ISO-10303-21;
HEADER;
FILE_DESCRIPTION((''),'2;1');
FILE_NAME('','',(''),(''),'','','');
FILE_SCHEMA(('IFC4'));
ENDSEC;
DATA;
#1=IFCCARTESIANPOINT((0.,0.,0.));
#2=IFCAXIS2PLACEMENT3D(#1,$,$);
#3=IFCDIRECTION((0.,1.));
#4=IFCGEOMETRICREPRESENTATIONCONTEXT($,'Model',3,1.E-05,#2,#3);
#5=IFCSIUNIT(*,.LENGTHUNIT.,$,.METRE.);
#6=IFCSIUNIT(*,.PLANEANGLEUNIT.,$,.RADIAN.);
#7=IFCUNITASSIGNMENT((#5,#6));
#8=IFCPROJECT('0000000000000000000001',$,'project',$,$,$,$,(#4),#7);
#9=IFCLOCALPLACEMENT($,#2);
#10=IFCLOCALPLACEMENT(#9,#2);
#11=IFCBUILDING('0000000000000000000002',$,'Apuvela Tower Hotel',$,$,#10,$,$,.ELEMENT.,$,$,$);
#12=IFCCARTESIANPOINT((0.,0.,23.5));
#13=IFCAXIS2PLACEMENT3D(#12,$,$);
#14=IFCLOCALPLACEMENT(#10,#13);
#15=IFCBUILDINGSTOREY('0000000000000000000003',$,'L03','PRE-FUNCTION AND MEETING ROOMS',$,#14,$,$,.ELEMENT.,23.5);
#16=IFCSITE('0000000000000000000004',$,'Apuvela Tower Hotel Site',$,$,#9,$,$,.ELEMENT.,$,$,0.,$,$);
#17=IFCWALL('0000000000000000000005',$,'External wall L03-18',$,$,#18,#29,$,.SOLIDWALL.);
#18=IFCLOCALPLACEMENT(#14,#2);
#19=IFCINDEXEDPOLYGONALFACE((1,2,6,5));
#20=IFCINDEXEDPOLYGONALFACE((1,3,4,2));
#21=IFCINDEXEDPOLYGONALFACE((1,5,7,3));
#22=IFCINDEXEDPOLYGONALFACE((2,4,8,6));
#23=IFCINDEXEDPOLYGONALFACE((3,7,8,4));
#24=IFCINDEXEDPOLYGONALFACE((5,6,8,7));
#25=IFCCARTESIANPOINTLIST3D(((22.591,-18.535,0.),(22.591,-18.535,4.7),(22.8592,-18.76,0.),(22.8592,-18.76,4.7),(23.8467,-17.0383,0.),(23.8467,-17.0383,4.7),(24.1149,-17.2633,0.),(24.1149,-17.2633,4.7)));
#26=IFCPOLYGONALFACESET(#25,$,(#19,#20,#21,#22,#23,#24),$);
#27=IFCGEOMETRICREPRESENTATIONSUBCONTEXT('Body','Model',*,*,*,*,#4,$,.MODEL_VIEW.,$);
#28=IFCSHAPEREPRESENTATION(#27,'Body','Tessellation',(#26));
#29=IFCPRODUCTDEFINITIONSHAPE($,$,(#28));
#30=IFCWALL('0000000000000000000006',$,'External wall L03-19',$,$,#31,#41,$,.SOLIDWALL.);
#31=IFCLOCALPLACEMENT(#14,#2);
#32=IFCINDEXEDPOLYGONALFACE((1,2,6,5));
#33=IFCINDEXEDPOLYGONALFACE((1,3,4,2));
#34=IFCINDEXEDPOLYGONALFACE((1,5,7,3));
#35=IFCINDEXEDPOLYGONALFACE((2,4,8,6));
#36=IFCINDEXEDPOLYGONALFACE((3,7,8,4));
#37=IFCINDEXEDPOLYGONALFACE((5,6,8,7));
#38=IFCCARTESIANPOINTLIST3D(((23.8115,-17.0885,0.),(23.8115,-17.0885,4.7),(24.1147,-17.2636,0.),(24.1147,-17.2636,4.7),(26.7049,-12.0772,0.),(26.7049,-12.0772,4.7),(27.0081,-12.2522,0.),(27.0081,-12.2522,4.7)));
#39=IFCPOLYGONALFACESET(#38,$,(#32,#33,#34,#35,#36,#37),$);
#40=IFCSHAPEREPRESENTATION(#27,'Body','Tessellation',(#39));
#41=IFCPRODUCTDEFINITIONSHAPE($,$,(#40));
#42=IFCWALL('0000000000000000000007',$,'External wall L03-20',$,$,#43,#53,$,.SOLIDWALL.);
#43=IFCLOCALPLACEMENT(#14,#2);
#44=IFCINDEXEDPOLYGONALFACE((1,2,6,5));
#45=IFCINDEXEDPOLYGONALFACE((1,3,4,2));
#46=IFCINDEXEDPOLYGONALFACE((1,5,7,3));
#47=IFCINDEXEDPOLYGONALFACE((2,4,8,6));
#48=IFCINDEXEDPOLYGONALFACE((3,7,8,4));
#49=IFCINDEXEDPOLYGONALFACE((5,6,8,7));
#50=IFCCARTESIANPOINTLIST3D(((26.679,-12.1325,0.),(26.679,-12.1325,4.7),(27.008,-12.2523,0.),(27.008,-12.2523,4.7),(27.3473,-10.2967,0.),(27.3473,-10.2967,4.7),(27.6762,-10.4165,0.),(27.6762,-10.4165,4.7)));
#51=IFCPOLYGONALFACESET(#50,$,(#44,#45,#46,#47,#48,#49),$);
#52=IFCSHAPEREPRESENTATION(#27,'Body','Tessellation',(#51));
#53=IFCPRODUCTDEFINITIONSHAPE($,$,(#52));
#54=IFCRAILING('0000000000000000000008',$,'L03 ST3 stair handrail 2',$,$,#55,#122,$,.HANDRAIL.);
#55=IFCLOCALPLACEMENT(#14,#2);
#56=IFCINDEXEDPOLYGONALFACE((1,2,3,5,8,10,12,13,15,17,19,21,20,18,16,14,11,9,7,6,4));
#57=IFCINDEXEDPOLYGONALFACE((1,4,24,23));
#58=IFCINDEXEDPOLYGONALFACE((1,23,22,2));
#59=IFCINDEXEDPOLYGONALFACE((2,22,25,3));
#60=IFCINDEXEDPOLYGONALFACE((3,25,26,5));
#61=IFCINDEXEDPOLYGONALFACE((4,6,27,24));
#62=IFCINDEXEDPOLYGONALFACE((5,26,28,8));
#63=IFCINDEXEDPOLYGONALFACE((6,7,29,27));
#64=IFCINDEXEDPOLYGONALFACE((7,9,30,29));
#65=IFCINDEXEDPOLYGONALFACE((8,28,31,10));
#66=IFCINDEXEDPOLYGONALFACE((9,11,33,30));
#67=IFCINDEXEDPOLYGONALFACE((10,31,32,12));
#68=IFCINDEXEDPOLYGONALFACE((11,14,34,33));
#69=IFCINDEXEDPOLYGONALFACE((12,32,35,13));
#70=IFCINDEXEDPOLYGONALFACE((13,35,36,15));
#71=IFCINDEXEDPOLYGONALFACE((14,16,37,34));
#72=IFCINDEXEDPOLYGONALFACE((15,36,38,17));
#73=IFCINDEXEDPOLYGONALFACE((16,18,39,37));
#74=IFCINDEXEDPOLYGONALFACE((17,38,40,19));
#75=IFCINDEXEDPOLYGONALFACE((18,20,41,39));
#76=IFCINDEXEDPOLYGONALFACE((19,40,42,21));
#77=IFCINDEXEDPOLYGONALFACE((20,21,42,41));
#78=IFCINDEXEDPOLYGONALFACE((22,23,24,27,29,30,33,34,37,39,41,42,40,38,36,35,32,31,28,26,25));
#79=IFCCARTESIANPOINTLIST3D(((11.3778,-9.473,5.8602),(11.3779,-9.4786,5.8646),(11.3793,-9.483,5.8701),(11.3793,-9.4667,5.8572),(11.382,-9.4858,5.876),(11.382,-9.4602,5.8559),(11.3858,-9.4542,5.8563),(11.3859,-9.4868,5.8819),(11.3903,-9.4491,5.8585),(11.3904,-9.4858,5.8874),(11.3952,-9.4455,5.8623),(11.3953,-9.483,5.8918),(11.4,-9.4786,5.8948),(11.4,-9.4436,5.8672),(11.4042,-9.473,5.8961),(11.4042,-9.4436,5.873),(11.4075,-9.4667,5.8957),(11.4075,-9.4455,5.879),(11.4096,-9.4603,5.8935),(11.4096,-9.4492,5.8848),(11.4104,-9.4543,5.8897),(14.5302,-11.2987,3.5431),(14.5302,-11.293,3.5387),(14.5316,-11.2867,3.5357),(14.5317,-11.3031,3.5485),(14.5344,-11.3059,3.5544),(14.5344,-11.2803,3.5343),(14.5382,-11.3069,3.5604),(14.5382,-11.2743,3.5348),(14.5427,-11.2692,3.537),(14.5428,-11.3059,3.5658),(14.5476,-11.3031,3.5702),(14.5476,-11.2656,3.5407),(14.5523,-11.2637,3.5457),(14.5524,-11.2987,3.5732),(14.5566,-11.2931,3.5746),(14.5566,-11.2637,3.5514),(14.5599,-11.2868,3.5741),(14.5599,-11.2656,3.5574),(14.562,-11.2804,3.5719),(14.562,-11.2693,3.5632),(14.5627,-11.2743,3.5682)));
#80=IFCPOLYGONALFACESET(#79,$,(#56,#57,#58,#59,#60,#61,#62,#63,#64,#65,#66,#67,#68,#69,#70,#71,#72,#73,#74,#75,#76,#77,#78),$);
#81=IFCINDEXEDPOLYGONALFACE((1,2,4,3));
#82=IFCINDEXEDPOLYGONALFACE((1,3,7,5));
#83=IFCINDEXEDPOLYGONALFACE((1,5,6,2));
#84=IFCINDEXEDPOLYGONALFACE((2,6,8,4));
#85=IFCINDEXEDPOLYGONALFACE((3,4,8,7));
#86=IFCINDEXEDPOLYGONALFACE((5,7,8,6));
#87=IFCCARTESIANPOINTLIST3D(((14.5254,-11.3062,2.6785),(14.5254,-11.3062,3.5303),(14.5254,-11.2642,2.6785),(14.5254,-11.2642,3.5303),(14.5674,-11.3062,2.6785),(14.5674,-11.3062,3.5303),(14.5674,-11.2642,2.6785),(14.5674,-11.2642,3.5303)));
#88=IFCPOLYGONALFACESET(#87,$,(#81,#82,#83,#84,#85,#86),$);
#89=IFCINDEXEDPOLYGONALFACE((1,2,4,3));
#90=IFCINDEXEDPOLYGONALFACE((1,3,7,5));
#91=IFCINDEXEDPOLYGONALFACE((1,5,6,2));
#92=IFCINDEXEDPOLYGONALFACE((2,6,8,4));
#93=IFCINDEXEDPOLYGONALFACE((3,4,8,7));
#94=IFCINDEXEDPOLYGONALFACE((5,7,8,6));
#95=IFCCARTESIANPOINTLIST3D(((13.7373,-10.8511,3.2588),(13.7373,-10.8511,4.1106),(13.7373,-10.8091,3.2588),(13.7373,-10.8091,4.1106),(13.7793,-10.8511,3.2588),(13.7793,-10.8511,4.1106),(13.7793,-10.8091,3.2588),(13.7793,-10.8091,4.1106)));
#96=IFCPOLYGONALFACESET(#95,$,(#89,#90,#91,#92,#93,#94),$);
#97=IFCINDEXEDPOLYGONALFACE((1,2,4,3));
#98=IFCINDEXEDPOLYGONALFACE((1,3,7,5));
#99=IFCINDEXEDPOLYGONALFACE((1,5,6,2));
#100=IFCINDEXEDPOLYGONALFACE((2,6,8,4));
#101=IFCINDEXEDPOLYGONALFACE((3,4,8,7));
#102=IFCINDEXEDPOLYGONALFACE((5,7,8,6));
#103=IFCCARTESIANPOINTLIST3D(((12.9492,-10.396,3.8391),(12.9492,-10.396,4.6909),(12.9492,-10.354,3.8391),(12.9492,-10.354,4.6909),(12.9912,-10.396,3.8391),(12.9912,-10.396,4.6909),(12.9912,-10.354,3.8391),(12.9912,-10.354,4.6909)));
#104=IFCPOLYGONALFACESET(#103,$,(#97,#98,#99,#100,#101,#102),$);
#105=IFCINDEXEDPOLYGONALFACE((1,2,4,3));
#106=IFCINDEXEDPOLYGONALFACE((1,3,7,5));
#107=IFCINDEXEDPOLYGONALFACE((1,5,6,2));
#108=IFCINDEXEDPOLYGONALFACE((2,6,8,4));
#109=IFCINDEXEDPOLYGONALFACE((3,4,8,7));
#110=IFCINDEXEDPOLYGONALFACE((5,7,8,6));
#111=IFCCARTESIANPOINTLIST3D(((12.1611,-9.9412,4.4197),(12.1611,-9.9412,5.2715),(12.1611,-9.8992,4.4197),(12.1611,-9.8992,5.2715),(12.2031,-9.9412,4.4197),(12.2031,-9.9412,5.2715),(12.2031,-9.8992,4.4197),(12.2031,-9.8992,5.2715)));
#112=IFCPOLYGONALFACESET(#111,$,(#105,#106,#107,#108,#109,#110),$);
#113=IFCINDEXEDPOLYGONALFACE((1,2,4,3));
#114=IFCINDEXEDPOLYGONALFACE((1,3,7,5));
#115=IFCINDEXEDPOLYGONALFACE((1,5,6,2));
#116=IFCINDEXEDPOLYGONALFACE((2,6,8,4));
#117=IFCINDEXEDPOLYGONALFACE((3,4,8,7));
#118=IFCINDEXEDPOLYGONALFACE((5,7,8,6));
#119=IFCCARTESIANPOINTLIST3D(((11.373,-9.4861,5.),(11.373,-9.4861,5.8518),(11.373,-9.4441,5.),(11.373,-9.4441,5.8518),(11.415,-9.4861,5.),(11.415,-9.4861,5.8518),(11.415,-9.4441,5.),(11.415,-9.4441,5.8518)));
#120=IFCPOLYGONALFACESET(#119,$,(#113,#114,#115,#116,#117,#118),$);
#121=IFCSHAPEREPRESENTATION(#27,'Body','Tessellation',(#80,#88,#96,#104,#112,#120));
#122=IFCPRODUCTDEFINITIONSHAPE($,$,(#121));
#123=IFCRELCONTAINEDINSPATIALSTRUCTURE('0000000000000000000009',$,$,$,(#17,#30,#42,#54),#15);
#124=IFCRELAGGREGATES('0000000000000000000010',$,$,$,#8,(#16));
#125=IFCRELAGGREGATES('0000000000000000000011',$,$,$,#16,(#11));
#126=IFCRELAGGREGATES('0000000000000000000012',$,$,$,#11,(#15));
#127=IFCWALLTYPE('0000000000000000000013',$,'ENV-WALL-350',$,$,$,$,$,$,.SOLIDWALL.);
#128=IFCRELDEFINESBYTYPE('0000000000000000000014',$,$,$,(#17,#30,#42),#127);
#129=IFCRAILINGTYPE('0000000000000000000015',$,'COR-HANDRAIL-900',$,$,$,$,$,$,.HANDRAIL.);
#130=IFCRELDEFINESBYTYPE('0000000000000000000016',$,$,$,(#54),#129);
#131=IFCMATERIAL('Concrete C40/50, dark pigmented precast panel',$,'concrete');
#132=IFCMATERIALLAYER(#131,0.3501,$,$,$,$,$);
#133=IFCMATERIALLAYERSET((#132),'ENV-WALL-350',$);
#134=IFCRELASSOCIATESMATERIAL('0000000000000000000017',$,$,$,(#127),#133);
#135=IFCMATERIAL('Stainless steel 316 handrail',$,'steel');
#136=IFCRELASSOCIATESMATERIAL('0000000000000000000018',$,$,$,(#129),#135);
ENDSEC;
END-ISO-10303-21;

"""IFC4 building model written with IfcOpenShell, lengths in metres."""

from ifc_helpers import new_model, si_unit, direction, frame, frame_2d, origin, origin_2d, place, context, subcontext, project, spatial, rectangle, circle, extrude, material, layer, layer_set, type_object, element, save


model = new_model("IFC4")

# Units and contexts
model_context = context("Model", 3, precision=1e-05, world=origin(), true_north=direction((0.0, 1.0)))
body_context = subcontext(model_context, "Body", "Model", "MODEL_VIEW")
ifc_project = project(units=[si_unit("LENGTHUNIT", "METRE"), si_unit("PLANEANGLEUNIT", "RADIAN")], contexts=[model_context])

# Site, building, storey
site_placement = place(None, origin())
site = spatial("IfcSite", under=ifc_project, at=site_placement, Name="Apuvela Tower Hotel Site", CompositionType="ELEMENT", RefElevation=0.0)
building_placement = place(site_placement, origin())
building = spatial("IfcBuilding", under=site, at=building_placement, Name="Apuvela Tower Hotel", CompositionType="ELEMENT")
storey_placement = place(building_placement, frame((0.0, 0.0, 23.5)))
storey = spatial("IfcBuildingStorey", under=building, at=storey_placement, Name="L03", Description="PRE-FUNCTION AND MEETING ROOMS", CompositionType="ELEMENT", Elevation=23.5)

# Walls
ifc_material_1 = material(Name="Concrete C40/50, dark pigmented precast panel", Category="concrete")
ifc_layer_1 = layer(ifc_material_1, 0.3501)
ifc_layer_set_1 = layer_set([ifc_layer_1], Name="ENV-WALL-350")
wall_type_1 = type_object("IfcWallType", Name="ENV-WALL-350", PredefinedType="SOLIDWALL", material=ifc_layer_set_1)
for number, where, z_axis, x_axis, name in (
    (1, (22.7251, -18.6475, 0.0), (0.0, 0.0, 1.0), (0.642738, 0.766086, 0.0), "External wall L03-18"),
):
    element("IfcWall", number, at=place(storey_placement, frame(where, z_axis=z_axis, x_axis=x_axis)), inside=storey, type_object=wall_type_1, Name=name, PredefinedType="SOLIDWALL", context=body_context, shape_type="SweptSolid", body=[
        extrude(rectangle(XDim=1.9536, YDim=0.3501, at=frame_2d((0.9768, 0.0))), origin(), (0.0, 0.0, 1.0), 4.7),
    ])
wall_1_placement = place(storey_placement, frame((23.9631, -17.176, 0.0), z_axis=(0.0, 0.0, 1.0), x_axis=(0.50001, 0.86602, 0.0)))
element("IfcWall", 2, at=wall_1_placement, inside=storey, type_object=wall_type_1, Name="External wall L03-19", PredefinedType="SOLIDWALL", context=body_context, shape_type="SweptSolid", body=[
    extrude(rectangle(XDim=5.7866, YDim=0.3501, at=frame_2d((2.8933, 0.0))), origin(), (0.0, 0.0, 1.0), 4.7),
])
wall_2_placement = place(storey_placement, frame((26.8435, -12.1924, 0.0), z_axis=(0.0, 0.0, 1.0), x_axis=(0.342054, 0.93968, 0.0)))
element("IfcWall", 3, at=wall_2_placement, inside=storey, type_object=wall_type_1, Name="External wall L03-20", PredefinedType="SOLIDWALL", context=body_context, shape_type="SweptSolid", body=[
    extrude(rectangle(XDim=1.9536, YDim=0.3501, at=frame_2d((0.9768, 0.0))), origin(), (0.0, 0.0, 1.0), 4.7),
])

# Railing
ifc_material_2 = material(Name="Stainless steel 316 handrail", Category="steel")
railing_type = type_object("IfcRailingType", Name="COR-HANDRAIL-900", PredefinedType="HANDRAIL", material=ifc_material_2)
railing_placement = place(storey_placement, frame((14.5464, -11.2852, 2.6785)))
element("IfcRailing", 4, at=railing_placement, inside=storey, type_object=railing_type, Name="L03 ST3 stair handrail 2", PredefinedType="HANDRAIL", context=body_context, shape_type="SweptSolid", body=[
    extrude(circle(Radius=0.0239, at=origin_2d()), frame((0.0, 0.0, 0.876), z_axis=(-0.730159, 0.421572, 0.537723), x_axis=(-0.500013, -0.866018, 0.0)), (0.0, 0.0, 1.0), 4.3174),
    extrude(rectangle(XDim=0.042, YDim=0.042, at=origin_2d()), origin(), (0.0, 0.0, 1.0), 0.8518),
    extrude(rectangle(XDim=0.042, YDim=0.042, at=origin_2d()), frame((-0.7881, 0.4551, 0.5803)), (0.0, 0.0, 1.0), 0.8518),
    extrude(rectangle(XDim=0.042, YDim=0.042, at=origin_2d()), frame((-1.5762, 0.9102, 1.1606)), (0.0, 0.0, 1.0), 0.8518),
    extrude(rectangle(XDim=0.042, YDim=0.042, at=origin_2d()), frame((-2.3643, 1.365, 1.7412)), (0.0, 0.0, 1.0), 0.8518),
    extrude(rectangle(XDim=0.042, YDim=0.042, at=origin_2d()), frame((-3.1523, 1.8201, 2.3215)), (0.0, 0.0, 1.0), 0.8518),
])

save(model, "model.ifc")
